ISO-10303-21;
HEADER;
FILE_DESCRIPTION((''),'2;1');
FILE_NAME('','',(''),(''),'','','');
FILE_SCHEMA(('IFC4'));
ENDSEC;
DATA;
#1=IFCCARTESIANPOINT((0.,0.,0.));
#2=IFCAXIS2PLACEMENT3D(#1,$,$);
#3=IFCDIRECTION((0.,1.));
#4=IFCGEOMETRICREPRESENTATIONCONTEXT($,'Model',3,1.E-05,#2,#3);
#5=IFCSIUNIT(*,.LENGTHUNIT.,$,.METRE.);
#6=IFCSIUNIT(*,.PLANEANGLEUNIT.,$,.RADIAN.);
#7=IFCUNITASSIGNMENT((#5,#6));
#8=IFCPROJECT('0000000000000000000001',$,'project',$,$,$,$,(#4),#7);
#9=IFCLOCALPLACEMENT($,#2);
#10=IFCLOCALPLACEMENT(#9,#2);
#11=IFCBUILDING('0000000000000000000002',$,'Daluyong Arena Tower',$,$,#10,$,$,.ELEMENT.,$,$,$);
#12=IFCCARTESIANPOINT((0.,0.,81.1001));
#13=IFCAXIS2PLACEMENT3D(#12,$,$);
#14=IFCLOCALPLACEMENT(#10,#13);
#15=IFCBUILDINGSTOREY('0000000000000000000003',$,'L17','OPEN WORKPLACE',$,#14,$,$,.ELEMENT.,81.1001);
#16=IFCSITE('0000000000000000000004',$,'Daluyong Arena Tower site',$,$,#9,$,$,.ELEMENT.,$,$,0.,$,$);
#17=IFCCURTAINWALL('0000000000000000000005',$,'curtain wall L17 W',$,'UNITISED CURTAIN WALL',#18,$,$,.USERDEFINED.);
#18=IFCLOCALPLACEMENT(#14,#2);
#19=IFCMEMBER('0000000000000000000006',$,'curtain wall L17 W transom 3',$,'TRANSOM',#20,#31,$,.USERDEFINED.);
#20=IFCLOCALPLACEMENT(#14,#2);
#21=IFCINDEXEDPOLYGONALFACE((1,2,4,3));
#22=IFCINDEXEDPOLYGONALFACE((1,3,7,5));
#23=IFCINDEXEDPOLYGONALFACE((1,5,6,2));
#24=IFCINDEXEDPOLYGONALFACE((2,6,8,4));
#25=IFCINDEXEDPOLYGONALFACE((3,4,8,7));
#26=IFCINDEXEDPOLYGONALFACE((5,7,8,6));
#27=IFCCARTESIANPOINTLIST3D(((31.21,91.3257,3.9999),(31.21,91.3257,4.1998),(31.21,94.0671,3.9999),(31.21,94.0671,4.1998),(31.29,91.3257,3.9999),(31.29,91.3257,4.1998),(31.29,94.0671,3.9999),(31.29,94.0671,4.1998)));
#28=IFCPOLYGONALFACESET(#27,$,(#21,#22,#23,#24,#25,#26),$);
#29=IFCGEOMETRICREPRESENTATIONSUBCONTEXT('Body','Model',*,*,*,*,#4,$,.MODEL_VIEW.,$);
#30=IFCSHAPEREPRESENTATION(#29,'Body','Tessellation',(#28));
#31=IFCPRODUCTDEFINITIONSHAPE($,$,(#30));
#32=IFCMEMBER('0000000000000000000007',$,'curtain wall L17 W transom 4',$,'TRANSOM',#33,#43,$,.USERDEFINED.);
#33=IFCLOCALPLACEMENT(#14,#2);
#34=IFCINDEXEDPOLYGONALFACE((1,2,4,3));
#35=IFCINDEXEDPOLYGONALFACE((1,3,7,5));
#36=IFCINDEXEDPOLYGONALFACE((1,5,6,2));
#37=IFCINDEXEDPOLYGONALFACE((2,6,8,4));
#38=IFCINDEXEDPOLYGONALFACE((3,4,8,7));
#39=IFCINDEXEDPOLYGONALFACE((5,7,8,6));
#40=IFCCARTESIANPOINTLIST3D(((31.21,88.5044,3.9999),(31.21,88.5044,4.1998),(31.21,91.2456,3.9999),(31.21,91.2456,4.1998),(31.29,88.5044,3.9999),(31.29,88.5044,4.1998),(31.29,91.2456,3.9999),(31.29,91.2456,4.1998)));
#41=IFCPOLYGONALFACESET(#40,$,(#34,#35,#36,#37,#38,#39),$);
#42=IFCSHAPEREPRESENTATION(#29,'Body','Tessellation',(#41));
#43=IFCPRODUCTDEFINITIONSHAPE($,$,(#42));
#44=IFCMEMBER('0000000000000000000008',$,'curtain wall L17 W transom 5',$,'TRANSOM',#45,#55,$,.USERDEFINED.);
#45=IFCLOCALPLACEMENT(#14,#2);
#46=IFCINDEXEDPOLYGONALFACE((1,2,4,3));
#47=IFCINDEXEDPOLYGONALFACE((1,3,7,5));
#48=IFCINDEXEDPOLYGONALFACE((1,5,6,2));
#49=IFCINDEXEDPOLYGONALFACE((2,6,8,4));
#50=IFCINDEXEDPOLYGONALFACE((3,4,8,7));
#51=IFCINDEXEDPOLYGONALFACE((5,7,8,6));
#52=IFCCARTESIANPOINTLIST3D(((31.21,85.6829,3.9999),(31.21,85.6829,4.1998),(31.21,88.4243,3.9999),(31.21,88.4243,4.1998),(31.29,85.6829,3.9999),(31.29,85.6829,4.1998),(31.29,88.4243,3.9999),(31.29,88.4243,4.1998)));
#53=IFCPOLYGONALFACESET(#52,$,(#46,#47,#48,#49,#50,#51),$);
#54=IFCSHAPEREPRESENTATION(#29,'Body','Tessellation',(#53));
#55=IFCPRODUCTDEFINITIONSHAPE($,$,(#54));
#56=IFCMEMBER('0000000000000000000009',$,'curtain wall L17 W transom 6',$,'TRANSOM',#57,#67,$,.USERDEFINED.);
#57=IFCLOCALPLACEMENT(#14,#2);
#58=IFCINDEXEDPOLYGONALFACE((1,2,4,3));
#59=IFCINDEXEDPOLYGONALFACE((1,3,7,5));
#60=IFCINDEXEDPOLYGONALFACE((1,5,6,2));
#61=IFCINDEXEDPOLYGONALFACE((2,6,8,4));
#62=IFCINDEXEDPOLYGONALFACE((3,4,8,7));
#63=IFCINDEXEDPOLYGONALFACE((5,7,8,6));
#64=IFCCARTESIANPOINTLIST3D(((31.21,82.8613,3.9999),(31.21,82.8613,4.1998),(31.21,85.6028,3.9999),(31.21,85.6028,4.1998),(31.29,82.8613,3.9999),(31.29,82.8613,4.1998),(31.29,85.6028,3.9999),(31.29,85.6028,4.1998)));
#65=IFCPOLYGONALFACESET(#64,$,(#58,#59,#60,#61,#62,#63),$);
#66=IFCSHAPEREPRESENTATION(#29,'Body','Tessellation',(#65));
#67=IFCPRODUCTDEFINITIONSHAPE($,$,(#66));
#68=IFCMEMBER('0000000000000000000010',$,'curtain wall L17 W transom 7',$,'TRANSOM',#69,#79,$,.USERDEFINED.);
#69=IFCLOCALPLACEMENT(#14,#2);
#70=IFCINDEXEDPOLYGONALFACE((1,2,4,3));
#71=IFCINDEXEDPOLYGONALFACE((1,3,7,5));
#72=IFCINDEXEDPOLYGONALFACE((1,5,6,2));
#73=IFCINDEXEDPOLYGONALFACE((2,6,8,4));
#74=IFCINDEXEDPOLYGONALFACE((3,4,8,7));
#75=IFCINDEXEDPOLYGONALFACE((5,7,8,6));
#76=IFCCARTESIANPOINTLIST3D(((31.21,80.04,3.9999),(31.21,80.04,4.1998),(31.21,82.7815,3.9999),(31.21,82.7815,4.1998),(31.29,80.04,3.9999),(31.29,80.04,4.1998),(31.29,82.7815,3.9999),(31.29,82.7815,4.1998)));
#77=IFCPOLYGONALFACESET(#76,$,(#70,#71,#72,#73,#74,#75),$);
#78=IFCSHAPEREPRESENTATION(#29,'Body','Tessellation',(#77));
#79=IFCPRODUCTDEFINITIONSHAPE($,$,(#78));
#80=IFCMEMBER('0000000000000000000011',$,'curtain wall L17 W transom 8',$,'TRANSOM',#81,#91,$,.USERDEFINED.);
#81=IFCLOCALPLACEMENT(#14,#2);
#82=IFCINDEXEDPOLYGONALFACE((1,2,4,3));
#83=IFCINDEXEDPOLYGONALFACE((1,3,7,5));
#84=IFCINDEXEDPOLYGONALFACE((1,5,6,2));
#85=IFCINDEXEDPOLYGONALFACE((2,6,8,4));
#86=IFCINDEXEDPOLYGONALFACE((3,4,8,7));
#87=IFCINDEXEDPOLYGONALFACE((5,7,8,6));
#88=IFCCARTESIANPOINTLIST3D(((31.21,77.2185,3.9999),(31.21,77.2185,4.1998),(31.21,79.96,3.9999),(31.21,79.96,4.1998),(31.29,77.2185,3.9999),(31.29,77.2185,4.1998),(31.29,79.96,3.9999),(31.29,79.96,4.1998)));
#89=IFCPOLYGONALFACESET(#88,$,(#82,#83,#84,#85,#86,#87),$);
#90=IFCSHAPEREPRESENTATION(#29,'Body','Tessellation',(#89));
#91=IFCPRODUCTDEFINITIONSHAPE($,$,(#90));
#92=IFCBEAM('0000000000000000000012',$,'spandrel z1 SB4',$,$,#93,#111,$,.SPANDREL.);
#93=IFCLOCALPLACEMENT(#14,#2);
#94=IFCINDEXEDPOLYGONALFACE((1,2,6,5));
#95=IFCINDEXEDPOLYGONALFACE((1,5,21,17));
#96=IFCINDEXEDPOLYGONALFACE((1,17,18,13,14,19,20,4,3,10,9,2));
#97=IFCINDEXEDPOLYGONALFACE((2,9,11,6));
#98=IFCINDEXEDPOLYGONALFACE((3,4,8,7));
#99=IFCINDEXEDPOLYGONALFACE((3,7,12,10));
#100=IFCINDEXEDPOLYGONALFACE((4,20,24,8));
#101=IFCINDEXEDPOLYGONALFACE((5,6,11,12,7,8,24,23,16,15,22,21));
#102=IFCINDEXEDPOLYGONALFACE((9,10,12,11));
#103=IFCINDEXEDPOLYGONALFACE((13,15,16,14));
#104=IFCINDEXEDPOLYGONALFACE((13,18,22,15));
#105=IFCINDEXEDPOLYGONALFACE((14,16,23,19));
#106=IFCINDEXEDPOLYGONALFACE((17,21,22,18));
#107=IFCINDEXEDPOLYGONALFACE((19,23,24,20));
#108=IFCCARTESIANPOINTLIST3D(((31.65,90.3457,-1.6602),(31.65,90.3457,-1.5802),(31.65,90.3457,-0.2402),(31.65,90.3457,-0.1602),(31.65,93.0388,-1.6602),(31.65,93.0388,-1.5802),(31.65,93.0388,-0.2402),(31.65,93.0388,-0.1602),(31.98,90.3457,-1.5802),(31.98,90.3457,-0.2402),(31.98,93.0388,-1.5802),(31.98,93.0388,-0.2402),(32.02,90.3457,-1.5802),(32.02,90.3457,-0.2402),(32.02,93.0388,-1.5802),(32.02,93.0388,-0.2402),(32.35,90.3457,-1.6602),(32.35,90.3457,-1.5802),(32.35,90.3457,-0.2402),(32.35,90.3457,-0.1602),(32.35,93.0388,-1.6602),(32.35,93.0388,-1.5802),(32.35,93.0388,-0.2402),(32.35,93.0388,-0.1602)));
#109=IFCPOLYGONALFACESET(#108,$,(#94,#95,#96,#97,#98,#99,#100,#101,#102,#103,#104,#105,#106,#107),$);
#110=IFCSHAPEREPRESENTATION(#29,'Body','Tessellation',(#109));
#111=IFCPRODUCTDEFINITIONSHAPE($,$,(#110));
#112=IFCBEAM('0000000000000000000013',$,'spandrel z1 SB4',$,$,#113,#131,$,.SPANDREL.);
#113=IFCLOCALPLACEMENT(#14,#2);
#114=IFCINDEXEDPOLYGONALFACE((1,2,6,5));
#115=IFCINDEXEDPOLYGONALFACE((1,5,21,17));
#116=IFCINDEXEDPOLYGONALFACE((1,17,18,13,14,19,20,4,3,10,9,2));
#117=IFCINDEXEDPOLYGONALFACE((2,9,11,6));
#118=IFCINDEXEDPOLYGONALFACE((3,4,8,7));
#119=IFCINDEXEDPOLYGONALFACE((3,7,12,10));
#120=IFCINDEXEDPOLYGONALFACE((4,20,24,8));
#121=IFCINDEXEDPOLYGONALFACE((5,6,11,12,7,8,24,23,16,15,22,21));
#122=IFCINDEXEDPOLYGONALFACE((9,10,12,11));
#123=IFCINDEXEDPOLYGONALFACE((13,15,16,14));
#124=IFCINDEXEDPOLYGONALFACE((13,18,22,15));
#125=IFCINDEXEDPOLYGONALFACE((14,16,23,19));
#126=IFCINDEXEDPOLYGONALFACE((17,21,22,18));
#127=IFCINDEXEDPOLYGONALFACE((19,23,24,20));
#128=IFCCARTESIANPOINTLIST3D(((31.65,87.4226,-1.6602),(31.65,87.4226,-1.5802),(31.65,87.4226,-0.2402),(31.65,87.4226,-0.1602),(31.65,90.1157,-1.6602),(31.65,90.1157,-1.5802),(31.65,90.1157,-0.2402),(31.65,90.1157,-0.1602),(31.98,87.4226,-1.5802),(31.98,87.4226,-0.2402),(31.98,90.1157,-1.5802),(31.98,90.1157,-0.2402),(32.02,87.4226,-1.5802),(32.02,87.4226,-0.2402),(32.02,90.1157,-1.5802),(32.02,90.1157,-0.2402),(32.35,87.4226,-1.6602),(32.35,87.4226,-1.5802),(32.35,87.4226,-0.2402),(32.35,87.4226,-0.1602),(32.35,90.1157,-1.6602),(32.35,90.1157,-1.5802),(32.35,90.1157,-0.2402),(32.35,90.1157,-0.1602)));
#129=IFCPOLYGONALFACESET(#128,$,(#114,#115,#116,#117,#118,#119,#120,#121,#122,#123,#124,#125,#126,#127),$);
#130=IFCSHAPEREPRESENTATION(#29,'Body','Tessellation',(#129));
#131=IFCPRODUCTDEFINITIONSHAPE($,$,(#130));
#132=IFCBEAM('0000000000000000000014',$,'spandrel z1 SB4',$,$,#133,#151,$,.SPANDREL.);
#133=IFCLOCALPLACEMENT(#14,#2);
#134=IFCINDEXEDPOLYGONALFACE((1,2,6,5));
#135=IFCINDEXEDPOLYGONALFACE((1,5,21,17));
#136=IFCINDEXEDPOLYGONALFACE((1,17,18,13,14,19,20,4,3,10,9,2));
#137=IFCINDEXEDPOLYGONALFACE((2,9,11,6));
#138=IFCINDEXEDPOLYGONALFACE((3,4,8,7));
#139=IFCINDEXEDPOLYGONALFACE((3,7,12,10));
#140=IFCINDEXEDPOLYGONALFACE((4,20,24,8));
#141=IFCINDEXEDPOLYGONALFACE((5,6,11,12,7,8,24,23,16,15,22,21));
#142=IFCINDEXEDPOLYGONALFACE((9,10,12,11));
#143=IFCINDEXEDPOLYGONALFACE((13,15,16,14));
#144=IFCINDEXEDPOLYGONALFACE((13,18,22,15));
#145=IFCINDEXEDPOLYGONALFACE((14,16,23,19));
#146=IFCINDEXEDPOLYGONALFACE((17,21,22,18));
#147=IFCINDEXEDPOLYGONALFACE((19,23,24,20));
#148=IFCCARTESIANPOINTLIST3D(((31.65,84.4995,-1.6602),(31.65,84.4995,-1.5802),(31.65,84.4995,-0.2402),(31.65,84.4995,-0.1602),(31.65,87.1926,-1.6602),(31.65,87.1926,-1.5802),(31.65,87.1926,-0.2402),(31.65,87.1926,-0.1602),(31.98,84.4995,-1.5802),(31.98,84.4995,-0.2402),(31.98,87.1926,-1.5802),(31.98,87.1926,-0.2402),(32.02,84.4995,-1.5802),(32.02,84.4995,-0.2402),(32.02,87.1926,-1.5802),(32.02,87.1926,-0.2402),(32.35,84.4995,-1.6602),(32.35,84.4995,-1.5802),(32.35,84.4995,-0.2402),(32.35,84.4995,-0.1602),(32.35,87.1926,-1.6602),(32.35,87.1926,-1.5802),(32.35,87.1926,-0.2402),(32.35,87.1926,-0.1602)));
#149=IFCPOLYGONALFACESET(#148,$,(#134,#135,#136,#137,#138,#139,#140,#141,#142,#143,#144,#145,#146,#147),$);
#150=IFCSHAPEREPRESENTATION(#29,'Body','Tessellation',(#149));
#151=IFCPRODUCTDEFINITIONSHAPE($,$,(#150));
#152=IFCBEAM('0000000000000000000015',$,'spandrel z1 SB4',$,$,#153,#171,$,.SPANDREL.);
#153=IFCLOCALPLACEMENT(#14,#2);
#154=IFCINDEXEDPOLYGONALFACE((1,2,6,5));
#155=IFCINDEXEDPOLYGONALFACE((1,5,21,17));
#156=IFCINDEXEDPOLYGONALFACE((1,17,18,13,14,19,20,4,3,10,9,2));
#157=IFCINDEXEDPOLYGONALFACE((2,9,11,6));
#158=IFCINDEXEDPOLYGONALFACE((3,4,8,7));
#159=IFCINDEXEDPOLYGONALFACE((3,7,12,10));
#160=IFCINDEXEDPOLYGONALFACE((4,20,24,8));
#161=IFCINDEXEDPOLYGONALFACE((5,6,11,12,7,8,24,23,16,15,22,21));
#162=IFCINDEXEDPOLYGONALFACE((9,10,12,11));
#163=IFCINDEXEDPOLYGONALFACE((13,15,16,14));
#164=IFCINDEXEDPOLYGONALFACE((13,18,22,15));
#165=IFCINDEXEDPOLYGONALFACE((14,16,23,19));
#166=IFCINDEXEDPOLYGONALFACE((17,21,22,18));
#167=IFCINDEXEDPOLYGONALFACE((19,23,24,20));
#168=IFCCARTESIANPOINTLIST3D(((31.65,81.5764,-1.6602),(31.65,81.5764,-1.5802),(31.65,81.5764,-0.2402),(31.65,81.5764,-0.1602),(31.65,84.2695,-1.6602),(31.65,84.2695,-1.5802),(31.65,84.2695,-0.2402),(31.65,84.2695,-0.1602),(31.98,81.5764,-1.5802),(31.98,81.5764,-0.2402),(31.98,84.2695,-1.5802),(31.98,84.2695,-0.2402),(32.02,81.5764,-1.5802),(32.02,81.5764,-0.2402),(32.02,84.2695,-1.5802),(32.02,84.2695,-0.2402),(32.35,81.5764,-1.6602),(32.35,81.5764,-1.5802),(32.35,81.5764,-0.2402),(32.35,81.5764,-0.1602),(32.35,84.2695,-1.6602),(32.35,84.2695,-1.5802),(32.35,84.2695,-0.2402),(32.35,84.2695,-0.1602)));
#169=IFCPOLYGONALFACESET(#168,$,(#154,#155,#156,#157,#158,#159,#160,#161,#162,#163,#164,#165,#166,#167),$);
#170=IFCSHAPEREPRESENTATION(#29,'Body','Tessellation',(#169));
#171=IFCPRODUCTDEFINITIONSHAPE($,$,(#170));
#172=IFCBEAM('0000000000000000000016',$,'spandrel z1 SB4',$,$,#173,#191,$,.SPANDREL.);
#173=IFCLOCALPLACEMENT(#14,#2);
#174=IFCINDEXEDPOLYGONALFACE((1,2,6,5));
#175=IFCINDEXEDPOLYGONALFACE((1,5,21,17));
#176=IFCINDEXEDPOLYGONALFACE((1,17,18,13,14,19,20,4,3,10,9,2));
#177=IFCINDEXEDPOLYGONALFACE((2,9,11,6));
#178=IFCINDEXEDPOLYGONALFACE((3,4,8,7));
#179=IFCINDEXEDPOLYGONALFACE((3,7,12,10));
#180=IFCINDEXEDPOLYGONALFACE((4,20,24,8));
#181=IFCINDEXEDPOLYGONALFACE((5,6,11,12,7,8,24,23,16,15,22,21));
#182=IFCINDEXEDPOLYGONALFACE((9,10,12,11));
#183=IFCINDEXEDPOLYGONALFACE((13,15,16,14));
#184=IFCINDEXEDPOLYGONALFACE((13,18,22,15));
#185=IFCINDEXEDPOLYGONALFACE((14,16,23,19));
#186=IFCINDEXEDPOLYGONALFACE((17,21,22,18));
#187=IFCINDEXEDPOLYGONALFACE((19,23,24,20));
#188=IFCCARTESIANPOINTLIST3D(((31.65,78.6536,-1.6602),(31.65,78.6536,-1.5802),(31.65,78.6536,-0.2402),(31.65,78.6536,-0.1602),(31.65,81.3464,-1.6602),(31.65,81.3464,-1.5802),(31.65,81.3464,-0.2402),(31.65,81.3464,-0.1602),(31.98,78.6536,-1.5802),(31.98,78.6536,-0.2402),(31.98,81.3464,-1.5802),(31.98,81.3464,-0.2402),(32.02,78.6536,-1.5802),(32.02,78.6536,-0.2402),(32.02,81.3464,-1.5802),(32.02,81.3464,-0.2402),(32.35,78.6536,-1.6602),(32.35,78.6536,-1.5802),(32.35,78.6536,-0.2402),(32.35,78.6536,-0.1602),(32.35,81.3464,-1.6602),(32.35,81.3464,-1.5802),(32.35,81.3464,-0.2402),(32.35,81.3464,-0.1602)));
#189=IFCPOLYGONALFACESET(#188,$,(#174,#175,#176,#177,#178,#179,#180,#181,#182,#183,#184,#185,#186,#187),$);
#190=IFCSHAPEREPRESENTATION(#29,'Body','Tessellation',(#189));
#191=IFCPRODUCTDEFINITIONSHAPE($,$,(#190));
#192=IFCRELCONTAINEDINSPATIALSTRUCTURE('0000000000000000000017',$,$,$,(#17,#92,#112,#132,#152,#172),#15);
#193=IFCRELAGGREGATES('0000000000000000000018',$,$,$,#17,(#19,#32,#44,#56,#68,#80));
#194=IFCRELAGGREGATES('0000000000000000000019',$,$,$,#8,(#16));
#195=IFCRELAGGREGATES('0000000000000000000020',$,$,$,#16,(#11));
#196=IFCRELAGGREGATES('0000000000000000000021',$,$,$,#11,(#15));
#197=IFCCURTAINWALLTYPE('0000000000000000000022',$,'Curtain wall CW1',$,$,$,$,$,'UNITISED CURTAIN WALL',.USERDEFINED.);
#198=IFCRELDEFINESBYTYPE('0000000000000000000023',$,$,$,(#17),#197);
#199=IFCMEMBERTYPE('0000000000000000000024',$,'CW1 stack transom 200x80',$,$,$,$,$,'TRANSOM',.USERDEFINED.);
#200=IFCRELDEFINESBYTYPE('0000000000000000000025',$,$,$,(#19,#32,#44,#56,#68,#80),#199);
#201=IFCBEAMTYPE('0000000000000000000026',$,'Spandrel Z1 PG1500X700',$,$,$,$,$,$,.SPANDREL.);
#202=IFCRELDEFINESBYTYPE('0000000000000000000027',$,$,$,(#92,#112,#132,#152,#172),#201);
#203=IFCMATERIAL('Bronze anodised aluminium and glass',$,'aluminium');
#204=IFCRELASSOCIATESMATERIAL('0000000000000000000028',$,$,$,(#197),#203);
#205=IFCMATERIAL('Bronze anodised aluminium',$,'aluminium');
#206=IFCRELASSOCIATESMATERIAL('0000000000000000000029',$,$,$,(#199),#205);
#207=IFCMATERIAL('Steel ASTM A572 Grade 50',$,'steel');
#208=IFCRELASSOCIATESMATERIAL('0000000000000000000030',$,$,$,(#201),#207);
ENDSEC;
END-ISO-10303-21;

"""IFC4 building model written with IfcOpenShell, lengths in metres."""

from ifc_helpers import new_model, si_unit, direction, frame, origin, origin_2d, place, context, subcontext, project, spatial, rectangle, i_section, extrude, material, material_profile, profile_set, type_object, element, aggregate, save


model = new_model("IFC4")

# Units and contexts
model_context = context("Model", 3, precision=1e-05, world=origin(), true_north=direction((0.0, 1.0)))
body_context = subcontext(model_context, "Body", "Model", "MODEL_VIEW")
ifc_project = project(units=[si_unit("LENGTHUNIT", "METRE"), si_unit("PLANEANGLEUNIT", "RADIAN")], contexts=[model_context])

# Site, building, storey
site_placement = place(None, origin())
site = spatial("IfcSite", under=ifc_project, at=site_placement, Name="Daluyong Arena Tower site", CompositionType="ELEMENT", RefElevation=0.0)
building_placement = place(site_placement, origin())
building = spatial("IfcBuilding", under=site, at=building_placement, Name="Daluyong Arena Tower", CompositionType="ELEMENT")
storey_placement = place(building_placement, frame((0.0, 0.0, 81.1001)))
storey = spatial("IfcBuildingStorey", under=building, at=storey_placement, Name="L17", Description="OPEN WORKPLACE", CompositionType="ELEMENT", Elevation=81.1001)

# Curtain wall, members
ifc_material_1 = material(Name="Bronze anodised aluminium and glass", Category="aluminium")
curtain_wall_type = type_object("IfcCurtainWallType", Name="Curtain wall CW1", ElementType="UNITISED CURTAIN WALL", PredefinedType="USERDEFINED", material=ifc_material_1)
curtain_wall_placement = place(storey_placement, origin())
curtain_wall = element("IfcCurtainWall", 1, at=curtain_wall_placement, inside=storey, type_object=curtain_wall_type, Name="curtain wall L17 W", ObjectType="UNITISED CURTAIN WALL", PredefinedType="USERDEFINED")
ifc_material_2 = material(Name="Bronze anodised aluminium", Category="aluminium")
ifc_material_profile_1 = material_profile(ifc_material_2, rectangle(XDim=0.0801, YDim=0.2, at=origin_2d()))
ifc_profile_set_1 = profile_set([ifc_material_profile_1], Name="Bronze anodised aluminium")
member_type_1 = type_object("IfcMemberType", Name="CW1 stack transom 200x80", ElementType="TRANSOM", PredefinedType="USERDEFINED", material=ifc_profile_set_1)
member_1_placement = place(storey_placement, frame((31.25, 94.0671, 4.0999), z_axis=(0.0, -1.0, 0.0), x_axis=(1.0, 0.0, 0.0)))
member_1 = element("IfcMember", 2, at=member_1_placement, type_object=member_type_1, Name="curtain wall L17 W transom 3", ObjectType="TRANSOM", PredefinedType="USERDEFINED", context=body_context, shape_type="SweptSolid", body=[
    extrude(rectangle(XDim=0.0801, YDim=0.2, at=origin_2d()), origin(), (0.0, 0.0, 1.0), 2.7415),
])
member_2_placement = place(storey_placement, frame((31.25, 91.2456, 4.0999), z_axis=(0.0, -1.0, 0.0), x_axis=(1.0, 0.0, 0.0)))
member_2 = element("IfcMember", 3, at=member_2_placement, type_object=member_type_1, Name="curtain wall L17 W transom 4", ObjectType="TRANSOM", PredefinedType="USERDEFINED", context=body_context, shape_type="SweptSolid", body=[
    extrude(rectangle(XDim=0.0801, YDim=0.2, at=origin_2d()), origin(), (0.0, 0.0, 1.0), 2.7412),
])
member_3_placement = place(storey_placement, frame((31.25, 88.4243, 4.0999), z_axis=(0.0, -1.0, 0.0), x_axis=(1.0, 0.0, 0.0)))
member_3 = element("IfcMember", 4, at=member_3_placement, type_object=member_type_1, Name="curtain wall L17 W transom 5", ObjectType="TRANSOM", PredefinedType="USERDEFINED", context=body_context, shape_type="SweptSolid", body=[
    extrude(rectangle(XDim=0.0801, YDim=0.2, at=origin_2d()), origin(), (0.0, 0.0, 1.0), 2.7415),
])
member_4_placement = place(storey_placement, frame((31.25, 85.6028, 4.0999), z_axis=(0.0, -1.0, 0.0), x_axis=(1.0, 0.0, 0.0)))
member_4 = element("IfcMember", 5, at=member_4_placement, type_object=member_type_1, Name="curtain wall L17 W transom 6", ObjectType="TRANSOM", PredefinedType="USERDEFINED", context=body_context, shape_type="SweptSolid", body=[
    extrude(rectangle(XDim=0.0801, YDim=0.2, at=origin_2d()), origin(), (0.0, 0.0, 1.0), 2.7415),
])
member_5_placement = place(storey_placement, frame((31.25, 82.7815, 4.0999), z_axis=(0.0, -1.0, 0.0), x_axis=(1.0, 0.0, 0.0)))
member_5 = element("IfcMember", 6, at=member_5_placement, type_object=member_type_1, Name="curtain wall L17 W transom 7", ObjectType="TRANSOM", PredefinedType="USERDEFINED", context=body_context, shape_type="SweptSolid", body=[
    extrude(rectangle(XDim=0.0801, YDim=0.2, at=origin_2d()), origin(), (0.0, 0.0, 1.0), 2.7415),
])
member_6_placement = place(storey_placement, frame((31.25, 79.96, 4.0999), z_axis=(0.0, -1.0, 0.0), x_axis=(1.0, 0.0, 0.0)))
member_6 = element("IfcMember", 7, at=member_6_placement, type_object=member_type_1, Name="curtain wall L17 W transom 8", ObjectType="TRANSOM", PredefinedType="USERDEFINED", context=body_context, shape_type="SweptSolid", body=[
    extrude(rectangle(XDim=0.0801, YDim=0.2, at=origin_2d()), origin(), (0.0, 0.0, 1.0), 2.7415),
])

# Beams
ifc_material_3 = material(Name="Steel ASTM A572 Grade 50", Category="steel")
ifc_material_profile_2 = material_profile(ifc_material_3, i_section(OverallWidth=0.7, OverallDepth=1.5, WebThickness=0.04, FlangeThickness=0.08, at=origin_2d()))
ifc_profile_set_2 = profile_set([ifc_material_profile_2], Name="Steel ASTM A572 Grade 50")
beam_type = type_object("IfcBeamType", Name="Spandrel Z1 PG1500X700", PredefinedType="SPANDREL", material=ifc_profile_set_2)
for number, where, z_axis, x_axis, name in (
    (8, (32.0, 93.0388, -0.9102), (0.0, -1.0, 0.0), (1.0, 0.0, 0.0), "spandrel z1 SB4"),
    (9, (32.0, 90.1157, -0.9102), (0.0, -1.0, 0.0), (1.0, 0.0, 0.0), "spandrel z1 SB4"),
    (10, (32.0, 87.1926, -0.9102), (0.0, -1.0, 0.0), (1.0, 0.0, 0.0), "spandrel z1 SB4"),
    (11, (32.0, 84.2695, -0.9102), (0.0, -1.0, 0.0), (1.0, 0.0, 0.0), "spandrel z1 SB4"),
):
    element("IfcBeam", number, at=place(storey_placement, frame(where, z_axis=z_axis, x_axis=x_axis)), inside=storey, type_object=beam_type, Name=name, PredefinedType="SPANDREL", context=body_context, shape_type="SweptSolid", body=[
        extrude(i_section(OverallWidth=0.7, OverallDepth=1.5, WebThickness=0.04, FlangeThickness=0.08, at=origin_2d()), origin(), (0.0, 0.0, 1.0), 2.6931),
    ])
beam_1_placement = place(storey_placement, frame((32.0, 81.3464, -0.9102), z_axis=(0.0, -1.0, 0.0), x_axis=(1.0, 0.0, 0.0)))
element("IfcBeam", 12, at=beam_1_placement, inside=storey, type_object=beam_type, Name="spandrel z1 SB4", PredefinedType="SPANDREL", context=body_context, shape_type="SweptSolid", body=[
    extrude(i_section(OverallWidth=0.7, OverallDepth=1.5, WebThickness=0.04, FlangeThickness=0.08, at=origin_2d()), origin(), (0.0, 0.0, 1.0), 2.6929),
])

aggregate(curtain_wall, [member_1, member_2, member_3, member_4, member_5, member_6])

save(model, "model.ifc")
